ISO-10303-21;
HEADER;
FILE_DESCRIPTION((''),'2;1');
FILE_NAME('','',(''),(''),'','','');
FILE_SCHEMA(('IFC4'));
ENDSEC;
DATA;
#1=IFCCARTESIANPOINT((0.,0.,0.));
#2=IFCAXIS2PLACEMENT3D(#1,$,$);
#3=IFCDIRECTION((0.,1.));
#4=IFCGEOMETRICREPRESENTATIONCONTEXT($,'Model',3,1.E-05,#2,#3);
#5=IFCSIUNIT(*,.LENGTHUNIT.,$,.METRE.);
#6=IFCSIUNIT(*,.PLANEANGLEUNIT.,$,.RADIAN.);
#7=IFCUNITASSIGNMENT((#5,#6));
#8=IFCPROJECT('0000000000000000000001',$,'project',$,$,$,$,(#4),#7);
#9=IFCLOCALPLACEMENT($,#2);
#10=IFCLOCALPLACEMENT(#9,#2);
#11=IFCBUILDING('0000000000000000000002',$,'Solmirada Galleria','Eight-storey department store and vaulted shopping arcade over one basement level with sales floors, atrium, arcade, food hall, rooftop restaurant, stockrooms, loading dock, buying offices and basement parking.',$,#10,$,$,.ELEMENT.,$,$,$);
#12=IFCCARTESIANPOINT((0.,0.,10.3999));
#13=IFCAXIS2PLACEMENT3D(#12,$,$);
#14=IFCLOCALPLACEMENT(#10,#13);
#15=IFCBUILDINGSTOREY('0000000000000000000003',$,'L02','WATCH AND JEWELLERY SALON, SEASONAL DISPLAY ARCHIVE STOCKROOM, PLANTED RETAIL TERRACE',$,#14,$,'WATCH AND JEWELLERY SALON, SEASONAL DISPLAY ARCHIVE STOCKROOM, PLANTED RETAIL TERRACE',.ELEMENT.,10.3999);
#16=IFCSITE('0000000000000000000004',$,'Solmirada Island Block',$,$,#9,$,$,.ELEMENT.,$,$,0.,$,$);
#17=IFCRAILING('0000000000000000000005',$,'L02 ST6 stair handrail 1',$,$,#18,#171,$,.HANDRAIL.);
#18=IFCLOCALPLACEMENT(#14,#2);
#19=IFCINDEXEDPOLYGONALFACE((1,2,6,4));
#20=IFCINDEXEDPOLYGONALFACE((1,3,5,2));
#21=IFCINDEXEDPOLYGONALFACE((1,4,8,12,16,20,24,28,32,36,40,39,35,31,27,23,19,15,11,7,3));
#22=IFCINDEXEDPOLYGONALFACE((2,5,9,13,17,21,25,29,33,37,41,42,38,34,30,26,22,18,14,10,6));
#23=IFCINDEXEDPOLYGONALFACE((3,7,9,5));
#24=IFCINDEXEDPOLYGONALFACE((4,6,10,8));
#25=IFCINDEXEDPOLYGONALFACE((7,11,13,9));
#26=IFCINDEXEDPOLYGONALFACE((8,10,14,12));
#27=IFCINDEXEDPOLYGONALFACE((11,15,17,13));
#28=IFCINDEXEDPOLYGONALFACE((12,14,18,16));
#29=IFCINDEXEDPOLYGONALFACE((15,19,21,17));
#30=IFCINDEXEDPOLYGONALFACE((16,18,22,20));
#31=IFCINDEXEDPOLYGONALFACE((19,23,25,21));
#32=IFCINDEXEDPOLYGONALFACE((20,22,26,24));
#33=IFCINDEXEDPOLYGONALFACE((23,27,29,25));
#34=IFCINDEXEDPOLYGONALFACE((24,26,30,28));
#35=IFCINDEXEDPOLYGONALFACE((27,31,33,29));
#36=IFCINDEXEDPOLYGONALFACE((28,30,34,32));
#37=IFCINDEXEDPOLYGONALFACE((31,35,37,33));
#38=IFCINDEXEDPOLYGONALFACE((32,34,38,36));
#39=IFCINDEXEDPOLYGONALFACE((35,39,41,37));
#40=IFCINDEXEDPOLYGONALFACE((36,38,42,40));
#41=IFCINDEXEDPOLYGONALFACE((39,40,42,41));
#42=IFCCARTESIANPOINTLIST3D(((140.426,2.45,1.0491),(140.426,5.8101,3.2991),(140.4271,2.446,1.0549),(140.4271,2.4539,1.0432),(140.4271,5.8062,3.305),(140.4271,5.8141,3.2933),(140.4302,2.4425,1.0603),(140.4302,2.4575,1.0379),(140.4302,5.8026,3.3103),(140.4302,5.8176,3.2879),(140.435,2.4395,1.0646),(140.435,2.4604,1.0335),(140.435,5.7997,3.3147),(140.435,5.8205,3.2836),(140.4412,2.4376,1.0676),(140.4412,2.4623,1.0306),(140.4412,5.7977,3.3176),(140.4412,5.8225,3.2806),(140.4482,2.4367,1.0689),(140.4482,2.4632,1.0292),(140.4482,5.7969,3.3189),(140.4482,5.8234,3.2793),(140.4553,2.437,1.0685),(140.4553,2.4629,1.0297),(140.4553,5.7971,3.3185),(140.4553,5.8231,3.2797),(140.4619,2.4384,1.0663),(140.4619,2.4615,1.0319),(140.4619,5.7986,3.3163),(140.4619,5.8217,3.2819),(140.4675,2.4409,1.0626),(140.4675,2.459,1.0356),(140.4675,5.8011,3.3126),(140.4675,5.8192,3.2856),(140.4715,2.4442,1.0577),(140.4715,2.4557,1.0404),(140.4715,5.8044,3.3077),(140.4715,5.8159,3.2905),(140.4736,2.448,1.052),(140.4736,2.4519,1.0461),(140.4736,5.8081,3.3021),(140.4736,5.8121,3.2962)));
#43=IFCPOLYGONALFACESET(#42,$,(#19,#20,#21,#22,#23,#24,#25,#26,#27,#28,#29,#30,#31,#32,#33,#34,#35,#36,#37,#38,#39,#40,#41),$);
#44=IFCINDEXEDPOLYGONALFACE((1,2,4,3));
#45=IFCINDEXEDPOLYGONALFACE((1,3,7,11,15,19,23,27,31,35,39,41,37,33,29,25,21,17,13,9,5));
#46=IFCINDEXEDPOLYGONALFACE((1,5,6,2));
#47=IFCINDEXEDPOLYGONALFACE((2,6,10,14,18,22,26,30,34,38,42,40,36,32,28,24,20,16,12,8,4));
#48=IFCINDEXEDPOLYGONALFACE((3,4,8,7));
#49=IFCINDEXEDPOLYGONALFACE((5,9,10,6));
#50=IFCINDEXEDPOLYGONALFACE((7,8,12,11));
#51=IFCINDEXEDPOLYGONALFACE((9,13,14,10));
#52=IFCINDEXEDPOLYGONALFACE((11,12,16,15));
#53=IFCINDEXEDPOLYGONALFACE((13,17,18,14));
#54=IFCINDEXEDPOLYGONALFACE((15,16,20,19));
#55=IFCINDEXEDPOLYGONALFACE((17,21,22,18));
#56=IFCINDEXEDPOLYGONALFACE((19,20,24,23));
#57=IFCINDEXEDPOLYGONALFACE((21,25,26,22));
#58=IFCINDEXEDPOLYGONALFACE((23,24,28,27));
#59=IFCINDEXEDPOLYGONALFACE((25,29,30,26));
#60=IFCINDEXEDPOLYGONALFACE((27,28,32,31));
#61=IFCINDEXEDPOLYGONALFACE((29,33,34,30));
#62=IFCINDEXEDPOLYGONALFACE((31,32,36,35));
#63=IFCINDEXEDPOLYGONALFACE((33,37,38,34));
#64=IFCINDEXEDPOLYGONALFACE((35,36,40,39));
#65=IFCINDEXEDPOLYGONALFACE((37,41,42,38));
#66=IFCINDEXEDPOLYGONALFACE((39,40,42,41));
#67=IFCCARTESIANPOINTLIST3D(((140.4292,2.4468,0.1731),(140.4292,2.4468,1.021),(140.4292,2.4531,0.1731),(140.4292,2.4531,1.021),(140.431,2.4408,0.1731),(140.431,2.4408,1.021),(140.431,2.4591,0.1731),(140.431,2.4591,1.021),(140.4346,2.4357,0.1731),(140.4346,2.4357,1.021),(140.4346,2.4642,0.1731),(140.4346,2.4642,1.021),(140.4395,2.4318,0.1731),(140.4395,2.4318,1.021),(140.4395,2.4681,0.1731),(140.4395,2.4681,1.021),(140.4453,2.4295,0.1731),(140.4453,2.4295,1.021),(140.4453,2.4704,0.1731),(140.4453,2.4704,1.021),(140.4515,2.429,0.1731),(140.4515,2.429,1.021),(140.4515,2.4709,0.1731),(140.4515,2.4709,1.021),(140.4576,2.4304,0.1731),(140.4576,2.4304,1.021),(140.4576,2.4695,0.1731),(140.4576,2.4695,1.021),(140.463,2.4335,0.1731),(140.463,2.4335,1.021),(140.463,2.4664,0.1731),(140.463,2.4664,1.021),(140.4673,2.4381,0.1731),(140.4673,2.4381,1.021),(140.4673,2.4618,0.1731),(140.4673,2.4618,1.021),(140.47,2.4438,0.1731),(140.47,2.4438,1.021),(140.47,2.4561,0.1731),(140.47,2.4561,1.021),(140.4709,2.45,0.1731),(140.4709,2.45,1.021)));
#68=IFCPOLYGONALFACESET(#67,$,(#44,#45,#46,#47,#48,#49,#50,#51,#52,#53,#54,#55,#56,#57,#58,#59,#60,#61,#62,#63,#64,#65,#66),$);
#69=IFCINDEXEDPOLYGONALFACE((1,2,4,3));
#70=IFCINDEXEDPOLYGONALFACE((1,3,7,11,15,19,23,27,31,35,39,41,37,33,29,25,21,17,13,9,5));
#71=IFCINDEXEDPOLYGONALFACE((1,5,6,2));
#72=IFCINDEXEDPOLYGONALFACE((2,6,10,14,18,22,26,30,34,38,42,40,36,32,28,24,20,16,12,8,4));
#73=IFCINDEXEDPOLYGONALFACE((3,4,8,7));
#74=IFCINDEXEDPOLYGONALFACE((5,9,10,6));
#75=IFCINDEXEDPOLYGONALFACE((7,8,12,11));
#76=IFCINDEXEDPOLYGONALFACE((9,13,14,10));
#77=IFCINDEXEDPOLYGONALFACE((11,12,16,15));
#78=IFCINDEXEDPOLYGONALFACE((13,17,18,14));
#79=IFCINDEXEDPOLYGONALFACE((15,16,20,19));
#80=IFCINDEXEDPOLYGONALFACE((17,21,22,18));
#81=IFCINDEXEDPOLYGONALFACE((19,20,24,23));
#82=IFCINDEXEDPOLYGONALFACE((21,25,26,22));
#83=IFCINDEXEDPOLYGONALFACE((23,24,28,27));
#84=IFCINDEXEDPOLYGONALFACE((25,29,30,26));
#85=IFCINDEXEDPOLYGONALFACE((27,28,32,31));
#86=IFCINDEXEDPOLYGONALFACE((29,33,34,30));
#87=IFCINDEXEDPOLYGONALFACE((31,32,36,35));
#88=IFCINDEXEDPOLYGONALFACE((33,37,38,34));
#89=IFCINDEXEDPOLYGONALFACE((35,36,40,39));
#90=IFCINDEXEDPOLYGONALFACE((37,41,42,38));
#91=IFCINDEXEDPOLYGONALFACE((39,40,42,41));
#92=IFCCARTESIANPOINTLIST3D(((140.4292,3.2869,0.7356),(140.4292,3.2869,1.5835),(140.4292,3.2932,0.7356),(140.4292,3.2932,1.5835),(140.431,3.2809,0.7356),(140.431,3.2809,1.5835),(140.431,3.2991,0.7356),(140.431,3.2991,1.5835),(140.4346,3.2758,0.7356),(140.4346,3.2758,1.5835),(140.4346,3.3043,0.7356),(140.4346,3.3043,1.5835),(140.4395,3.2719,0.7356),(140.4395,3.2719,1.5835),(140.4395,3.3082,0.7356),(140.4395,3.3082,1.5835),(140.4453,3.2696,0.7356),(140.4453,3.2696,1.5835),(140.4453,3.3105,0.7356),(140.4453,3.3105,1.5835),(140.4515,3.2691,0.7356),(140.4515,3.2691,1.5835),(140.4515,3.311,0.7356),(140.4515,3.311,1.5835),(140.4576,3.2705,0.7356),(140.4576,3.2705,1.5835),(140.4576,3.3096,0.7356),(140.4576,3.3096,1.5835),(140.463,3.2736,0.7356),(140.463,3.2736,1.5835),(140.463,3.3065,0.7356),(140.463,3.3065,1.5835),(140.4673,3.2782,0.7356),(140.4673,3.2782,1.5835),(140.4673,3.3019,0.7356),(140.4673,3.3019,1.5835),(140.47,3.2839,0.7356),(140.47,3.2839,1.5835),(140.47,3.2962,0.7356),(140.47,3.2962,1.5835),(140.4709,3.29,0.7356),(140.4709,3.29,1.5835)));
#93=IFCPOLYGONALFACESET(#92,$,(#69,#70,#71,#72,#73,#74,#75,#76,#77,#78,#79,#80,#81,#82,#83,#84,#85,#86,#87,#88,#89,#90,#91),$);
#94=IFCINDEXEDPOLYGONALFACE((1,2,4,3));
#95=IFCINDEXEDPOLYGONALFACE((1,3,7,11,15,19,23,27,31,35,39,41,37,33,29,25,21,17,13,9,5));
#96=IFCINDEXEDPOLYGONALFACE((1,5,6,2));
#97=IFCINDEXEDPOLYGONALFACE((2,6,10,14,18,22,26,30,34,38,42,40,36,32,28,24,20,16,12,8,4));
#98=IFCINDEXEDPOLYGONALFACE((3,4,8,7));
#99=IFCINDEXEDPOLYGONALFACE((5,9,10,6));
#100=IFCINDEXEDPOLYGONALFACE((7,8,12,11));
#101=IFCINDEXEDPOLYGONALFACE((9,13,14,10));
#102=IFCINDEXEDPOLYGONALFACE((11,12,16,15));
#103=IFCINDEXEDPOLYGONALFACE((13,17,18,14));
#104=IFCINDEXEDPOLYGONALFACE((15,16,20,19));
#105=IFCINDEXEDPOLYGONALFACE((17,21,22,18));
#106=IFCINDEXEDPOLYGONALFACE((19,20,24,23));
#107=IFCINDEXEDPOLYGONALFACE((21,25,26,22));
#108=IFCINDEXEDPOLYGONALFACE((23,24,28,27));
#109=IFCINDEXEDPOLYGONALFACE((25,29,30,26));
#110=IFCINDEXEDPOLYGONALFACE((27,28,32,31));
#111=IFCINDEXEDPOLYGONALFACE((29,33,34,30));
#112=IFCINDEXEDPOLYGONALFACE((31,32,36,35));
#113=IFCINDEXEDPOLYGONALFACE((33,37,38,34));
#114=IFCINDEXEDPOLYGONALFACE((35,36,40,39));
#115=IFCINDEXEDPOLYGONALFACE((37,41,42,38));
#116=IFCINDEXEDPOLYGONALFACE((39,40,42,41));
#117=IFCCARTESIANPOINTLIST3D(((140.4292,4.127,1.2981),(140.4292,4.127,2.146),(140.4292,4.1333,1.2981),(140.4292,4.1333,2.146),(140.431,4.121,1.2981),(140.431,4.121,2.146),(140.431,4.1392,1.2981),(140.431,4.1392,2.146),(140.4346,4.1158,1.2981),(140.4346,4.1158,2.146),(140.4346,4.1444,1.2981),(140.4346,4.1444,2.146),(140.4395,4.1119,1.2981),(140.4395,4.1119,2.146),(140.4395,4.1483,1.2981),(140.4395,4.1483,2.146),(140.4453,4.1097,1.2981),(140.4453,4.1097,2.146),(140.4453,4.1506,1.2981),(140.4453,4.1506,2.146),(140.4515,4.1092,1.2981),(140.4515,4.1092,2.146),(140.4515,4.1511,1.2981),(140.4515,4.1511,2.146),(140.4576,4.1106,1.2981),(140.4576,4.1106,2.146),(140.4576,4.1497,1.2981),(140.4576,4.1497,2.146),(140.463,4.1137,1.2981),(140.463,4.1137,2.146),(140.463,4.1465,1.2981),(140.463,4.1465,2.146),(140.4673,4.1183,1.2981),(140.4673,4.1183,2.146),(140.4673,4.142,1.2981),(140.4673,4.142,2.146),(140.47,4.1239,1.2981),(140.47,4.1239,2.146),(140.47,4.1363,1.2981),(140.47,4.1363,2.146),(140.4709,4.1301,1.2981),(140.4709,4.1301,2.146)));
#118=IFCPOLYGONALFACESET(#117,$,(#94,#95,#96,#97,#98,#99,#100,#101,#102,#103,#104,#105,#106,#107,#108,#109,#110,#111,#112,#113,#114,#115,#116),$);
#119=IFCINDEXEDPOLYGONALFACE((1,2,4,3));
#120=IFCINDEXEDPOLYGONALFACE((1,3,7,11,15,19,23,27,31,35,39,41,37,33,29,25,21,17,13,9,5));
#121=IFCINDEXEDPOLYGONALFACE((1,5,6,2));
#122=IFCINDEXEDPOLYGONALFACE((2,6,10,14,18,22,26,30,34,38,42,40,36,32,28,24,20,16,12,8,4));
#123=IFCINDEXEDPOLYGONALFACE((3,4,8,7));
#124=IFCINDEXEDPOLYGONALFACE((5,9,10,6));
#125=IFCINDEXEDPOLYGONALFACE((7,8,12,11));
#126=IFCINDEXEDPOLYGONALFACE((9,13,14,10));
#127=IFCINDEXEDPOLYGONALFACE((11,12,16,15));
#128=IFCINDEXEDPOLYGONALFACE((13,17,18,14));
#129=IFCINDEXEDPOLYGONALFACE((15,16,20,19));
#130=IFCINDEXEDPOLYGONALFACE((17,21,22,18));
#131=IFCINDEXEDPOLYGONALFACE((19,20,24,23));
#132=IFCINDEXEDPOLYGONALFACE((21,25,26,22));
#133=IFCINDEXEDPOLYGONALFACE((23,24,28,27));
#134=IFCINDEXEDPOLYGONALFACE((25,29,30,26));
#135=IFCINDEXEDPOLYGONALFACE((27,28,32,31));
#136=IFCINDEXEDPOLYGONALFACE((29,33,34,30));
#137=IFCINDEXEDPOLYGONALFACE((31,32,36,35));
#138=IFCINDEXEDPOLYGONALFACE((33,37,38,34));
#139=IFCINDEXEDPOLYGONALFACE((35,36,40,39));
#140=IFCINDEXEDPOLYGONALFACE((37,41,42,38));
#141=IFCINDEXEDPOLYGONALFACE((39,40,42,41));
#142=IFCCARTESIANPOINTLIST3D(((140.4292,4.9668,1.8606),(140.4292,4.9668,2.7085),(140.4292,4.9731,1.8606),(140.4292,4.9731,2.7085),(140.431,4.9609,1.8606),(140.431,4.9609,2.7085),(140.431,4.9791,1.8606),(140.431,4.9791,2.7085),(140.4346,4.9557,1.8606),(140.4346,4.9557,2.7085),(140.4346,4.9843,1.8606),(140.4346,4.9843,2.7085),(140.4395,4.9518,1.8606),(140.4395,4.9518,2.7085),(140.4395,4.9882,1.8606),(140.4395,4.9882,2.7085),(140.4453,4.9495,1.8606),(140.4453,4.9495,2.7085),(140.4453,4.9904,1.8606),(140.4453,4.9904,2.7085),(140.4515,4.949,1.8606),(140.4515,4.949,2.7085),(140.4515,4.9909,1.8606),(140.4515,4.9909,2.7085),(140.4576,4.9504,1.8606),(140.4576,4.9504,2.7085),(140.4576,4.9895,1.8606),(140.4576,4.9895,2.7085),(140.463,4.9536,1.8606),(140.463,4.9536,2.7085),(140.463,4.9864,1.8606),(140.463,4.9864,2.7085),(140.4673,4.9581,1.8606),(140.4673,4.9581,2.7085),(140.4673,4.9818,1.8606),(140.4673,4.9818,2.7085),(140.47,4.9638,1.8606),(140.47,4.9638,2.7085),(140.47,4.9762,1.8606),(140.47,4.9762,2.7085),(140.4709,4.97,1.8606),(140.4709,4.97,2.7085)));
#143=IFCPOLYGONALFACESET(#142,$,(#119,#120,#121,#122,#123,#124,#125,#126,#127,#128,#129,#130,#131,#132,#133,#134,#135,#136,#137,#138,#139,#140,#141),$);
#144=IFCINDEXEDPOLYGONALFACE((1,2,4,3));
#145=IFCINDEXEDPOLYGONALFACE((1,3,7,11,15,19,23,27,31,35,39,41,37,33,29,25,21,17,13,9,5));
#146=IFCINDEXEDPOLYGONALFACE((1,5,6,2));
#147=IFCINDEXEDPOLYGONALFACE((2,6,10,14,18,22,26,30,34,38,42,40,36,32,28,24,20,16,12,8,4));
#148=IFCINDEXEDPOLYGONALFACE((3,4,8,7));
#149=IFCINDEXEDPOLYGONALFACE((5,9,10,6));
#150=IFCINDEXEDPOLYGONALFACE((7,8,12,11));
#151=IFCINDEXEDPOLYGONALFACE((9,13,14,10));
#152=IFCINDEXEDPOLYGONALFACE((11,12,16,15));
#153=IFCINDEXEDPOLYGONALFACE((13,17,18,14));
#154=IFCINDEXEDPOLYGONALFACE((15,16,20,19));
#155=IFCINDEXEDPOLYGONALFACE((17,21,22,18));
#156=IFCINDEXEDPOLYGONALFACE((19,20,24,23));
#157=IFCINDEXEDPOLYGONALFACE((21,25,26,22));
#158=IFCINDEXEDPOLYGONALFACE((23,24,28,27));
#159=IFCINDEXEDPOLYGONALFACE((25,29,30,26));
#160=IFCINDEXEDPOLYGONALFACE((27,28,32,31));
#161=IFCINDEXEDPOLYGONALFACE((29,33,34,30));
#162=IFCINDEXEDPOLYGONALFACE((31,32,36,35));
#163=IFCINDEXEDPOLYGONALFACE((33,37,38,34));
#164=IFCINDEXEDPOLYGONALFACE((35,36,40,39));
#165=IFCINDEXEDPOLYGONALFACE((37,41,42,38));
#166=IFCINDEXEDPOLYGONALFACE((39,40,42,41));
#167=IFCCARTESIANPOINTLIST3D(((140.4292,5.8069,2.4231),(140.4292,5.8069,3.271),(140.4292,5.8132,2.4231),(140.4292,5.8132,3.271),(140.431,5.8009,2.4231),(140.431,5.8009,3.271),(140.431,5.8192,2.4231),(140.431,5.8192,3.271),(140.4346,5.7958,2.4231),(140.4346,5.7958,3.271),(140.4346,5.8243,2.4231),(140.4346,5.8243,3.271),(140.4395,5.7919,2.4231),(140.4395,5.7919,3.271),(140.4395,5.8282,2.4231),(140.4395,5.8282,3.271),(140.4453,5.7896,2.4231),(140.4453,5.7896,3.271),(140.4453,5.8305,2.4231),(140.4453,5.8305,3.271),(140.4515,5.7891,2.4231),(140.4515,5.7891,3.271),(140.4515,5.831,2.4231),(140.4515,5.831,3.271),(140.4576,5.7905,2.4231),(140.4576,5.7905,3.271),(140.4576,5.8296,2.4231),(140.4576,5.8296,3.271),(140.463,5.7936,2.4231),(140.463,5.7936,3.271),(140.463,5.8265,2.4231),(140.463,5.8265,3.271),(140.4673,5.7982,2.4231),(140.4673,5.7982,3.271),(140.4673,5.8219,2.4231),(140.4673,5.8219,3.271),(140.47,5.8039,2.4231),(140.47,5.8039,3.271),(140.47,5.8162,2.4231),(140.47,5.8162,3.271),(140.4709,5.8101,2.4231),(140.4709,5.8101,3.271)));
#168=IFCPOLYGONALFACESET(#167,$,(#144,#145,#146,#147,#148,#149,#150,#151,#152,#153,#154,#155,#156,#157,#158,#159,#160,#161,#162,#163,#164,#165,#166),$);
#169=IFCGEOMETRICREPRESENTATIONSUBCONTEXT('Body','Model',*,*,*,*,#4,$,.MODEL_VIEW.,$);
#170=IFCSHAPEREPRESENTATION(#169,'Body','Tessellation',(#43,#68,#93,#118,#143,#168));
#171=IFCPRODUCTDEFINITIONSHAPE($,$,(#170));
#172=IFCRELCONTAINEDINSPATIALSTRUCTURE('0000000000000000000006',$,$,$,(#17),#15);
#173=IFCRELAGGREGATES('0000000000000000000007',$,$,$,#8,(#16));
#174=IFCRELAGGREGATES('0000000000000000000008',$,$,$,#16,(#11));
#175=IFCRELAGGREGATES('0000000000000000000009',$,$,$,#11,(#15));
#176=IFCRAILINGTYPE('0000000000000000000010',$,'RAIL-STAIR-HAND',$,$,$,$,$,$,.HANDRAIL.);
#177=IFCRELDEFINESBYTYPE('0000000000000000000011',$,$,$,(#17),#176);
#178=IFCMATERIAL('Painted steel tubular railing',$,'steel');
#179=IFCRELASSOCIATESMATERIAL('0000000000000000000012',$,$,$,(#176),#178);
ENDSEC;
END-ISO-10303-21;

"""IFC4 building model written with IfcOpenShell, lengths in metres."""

from ifc_helpers import new_model, si_unit, direction, frame, origin, origin_2d, place, context, subcontext, project, spatial, circle, extrude, material, type_object, element, save


model = new_model("IFC4")

# Units and contexts
model_context = context("Model", 3, precision=1e-05, world=origin(), true_north=direction((0.0, 1.0)))
body_context = subcontext(model_context, "Body", "Model", "MODEL_VIEW")
ifc_project = project(units=[si_unit("LENGTHUNIT", "METRE"), si_unit("PLANEANGLEUNIT", "RADIAN")], contexts=[model_context])

# Site, building, storey
site_placement = place(None, origin())
site = spatial("IfcSite", under=ifc_project, at=site_placement, Name="Solmirada Island Block", CompositionType="ELEMENT", RefElevation=0.0)
building_placement = place(site_placement, origin())
building = spatial("IfcBuilding", under=site, at=building_placement, Name="Solmirada Galleria", Description="Eight-storey department store and vaulted shopping arcade over one basement level with sales floors, atrium, arcade, food hall, rooftop restaurant, stockrooms, loading dock, buying offices and basement parking.", CompositionType="ELEMENT")
storey_placement = place(building_placement, frame((0.0, 0.0, 10.3999)))
storey = spatial("IfcBuildingStorey", under=building, at=storey_placement, Name="L02", Description="WATCH AND JEWELLERY SALON, SEASONAL DISPLAY ARCHIVE STOCKROOM, PLANTED RETAIL TERRACE", LongName="WATCH AND JEWELLERY SALON, SEASONAL DISPLAY ARCHIVE STOCKROOM, PLANTED RETAIL TERRACE", CompositionType="ELEMENT", Elevation=10.3999)

# Railing
ifc_material_1 = material(Name="Painted steel tubular railing", Category="steel")
railing_type_1 = type_object("IfcRailingType", Name="RAIL-STAIR-HAND", PredefinedType="HANDRAIL", material=ifc_material_1)
railing_1_placement = place(storey_placement, frame((140.45, 2.45, 0.1731)))
element("IfcRailing", 1, at=railing_1_placement, inside=storey, type_object=railing_type_1, Name="L02 ST6 stair handrail 1", PredefinedType="HANDRAIL", context=body_context, shape_type="SweptSolid", body=[
    extrude(circle(Radius=0.0239, at=origin_2d()), frame((0.0, 0.0, 0.876), z_axis=(0.0, 0.830915, 0.556399), x_axis=(-1.0, 0.0, 0.0)), (0.0, 0.0, 1.0), 4.0439),
    extrude(circle(Radius=0.021, at=origin_2d()), origin(), (0.0, 0.0, 1.0), 0.8479),
    extrude(circle(Radius=0.021, at=origin_2d()), frame((0.0, 0.8401, 0.5625)), (0.0, 0.0, 1.0), 0.8479),
    extrude(circle(Radius=0.021, at=origin_2d()), frame((0.0, 1.6802, 1.125)), (0.0, 0.0, 1.0), 0.8479),
    extrude(circle(Radius=0.021, at=origin_2d()), frame((0.0, 2.52, 1.6875)), (0.0, 0.0, 1.0), 0.8479),
    extrude(circle(Radius=0.021, at=origin_2d()), frame((0.0, 3.3601, 2.25)), (0.0, 0.0, 1.0), 0.8479),
])

save(model, "model.ifc")
